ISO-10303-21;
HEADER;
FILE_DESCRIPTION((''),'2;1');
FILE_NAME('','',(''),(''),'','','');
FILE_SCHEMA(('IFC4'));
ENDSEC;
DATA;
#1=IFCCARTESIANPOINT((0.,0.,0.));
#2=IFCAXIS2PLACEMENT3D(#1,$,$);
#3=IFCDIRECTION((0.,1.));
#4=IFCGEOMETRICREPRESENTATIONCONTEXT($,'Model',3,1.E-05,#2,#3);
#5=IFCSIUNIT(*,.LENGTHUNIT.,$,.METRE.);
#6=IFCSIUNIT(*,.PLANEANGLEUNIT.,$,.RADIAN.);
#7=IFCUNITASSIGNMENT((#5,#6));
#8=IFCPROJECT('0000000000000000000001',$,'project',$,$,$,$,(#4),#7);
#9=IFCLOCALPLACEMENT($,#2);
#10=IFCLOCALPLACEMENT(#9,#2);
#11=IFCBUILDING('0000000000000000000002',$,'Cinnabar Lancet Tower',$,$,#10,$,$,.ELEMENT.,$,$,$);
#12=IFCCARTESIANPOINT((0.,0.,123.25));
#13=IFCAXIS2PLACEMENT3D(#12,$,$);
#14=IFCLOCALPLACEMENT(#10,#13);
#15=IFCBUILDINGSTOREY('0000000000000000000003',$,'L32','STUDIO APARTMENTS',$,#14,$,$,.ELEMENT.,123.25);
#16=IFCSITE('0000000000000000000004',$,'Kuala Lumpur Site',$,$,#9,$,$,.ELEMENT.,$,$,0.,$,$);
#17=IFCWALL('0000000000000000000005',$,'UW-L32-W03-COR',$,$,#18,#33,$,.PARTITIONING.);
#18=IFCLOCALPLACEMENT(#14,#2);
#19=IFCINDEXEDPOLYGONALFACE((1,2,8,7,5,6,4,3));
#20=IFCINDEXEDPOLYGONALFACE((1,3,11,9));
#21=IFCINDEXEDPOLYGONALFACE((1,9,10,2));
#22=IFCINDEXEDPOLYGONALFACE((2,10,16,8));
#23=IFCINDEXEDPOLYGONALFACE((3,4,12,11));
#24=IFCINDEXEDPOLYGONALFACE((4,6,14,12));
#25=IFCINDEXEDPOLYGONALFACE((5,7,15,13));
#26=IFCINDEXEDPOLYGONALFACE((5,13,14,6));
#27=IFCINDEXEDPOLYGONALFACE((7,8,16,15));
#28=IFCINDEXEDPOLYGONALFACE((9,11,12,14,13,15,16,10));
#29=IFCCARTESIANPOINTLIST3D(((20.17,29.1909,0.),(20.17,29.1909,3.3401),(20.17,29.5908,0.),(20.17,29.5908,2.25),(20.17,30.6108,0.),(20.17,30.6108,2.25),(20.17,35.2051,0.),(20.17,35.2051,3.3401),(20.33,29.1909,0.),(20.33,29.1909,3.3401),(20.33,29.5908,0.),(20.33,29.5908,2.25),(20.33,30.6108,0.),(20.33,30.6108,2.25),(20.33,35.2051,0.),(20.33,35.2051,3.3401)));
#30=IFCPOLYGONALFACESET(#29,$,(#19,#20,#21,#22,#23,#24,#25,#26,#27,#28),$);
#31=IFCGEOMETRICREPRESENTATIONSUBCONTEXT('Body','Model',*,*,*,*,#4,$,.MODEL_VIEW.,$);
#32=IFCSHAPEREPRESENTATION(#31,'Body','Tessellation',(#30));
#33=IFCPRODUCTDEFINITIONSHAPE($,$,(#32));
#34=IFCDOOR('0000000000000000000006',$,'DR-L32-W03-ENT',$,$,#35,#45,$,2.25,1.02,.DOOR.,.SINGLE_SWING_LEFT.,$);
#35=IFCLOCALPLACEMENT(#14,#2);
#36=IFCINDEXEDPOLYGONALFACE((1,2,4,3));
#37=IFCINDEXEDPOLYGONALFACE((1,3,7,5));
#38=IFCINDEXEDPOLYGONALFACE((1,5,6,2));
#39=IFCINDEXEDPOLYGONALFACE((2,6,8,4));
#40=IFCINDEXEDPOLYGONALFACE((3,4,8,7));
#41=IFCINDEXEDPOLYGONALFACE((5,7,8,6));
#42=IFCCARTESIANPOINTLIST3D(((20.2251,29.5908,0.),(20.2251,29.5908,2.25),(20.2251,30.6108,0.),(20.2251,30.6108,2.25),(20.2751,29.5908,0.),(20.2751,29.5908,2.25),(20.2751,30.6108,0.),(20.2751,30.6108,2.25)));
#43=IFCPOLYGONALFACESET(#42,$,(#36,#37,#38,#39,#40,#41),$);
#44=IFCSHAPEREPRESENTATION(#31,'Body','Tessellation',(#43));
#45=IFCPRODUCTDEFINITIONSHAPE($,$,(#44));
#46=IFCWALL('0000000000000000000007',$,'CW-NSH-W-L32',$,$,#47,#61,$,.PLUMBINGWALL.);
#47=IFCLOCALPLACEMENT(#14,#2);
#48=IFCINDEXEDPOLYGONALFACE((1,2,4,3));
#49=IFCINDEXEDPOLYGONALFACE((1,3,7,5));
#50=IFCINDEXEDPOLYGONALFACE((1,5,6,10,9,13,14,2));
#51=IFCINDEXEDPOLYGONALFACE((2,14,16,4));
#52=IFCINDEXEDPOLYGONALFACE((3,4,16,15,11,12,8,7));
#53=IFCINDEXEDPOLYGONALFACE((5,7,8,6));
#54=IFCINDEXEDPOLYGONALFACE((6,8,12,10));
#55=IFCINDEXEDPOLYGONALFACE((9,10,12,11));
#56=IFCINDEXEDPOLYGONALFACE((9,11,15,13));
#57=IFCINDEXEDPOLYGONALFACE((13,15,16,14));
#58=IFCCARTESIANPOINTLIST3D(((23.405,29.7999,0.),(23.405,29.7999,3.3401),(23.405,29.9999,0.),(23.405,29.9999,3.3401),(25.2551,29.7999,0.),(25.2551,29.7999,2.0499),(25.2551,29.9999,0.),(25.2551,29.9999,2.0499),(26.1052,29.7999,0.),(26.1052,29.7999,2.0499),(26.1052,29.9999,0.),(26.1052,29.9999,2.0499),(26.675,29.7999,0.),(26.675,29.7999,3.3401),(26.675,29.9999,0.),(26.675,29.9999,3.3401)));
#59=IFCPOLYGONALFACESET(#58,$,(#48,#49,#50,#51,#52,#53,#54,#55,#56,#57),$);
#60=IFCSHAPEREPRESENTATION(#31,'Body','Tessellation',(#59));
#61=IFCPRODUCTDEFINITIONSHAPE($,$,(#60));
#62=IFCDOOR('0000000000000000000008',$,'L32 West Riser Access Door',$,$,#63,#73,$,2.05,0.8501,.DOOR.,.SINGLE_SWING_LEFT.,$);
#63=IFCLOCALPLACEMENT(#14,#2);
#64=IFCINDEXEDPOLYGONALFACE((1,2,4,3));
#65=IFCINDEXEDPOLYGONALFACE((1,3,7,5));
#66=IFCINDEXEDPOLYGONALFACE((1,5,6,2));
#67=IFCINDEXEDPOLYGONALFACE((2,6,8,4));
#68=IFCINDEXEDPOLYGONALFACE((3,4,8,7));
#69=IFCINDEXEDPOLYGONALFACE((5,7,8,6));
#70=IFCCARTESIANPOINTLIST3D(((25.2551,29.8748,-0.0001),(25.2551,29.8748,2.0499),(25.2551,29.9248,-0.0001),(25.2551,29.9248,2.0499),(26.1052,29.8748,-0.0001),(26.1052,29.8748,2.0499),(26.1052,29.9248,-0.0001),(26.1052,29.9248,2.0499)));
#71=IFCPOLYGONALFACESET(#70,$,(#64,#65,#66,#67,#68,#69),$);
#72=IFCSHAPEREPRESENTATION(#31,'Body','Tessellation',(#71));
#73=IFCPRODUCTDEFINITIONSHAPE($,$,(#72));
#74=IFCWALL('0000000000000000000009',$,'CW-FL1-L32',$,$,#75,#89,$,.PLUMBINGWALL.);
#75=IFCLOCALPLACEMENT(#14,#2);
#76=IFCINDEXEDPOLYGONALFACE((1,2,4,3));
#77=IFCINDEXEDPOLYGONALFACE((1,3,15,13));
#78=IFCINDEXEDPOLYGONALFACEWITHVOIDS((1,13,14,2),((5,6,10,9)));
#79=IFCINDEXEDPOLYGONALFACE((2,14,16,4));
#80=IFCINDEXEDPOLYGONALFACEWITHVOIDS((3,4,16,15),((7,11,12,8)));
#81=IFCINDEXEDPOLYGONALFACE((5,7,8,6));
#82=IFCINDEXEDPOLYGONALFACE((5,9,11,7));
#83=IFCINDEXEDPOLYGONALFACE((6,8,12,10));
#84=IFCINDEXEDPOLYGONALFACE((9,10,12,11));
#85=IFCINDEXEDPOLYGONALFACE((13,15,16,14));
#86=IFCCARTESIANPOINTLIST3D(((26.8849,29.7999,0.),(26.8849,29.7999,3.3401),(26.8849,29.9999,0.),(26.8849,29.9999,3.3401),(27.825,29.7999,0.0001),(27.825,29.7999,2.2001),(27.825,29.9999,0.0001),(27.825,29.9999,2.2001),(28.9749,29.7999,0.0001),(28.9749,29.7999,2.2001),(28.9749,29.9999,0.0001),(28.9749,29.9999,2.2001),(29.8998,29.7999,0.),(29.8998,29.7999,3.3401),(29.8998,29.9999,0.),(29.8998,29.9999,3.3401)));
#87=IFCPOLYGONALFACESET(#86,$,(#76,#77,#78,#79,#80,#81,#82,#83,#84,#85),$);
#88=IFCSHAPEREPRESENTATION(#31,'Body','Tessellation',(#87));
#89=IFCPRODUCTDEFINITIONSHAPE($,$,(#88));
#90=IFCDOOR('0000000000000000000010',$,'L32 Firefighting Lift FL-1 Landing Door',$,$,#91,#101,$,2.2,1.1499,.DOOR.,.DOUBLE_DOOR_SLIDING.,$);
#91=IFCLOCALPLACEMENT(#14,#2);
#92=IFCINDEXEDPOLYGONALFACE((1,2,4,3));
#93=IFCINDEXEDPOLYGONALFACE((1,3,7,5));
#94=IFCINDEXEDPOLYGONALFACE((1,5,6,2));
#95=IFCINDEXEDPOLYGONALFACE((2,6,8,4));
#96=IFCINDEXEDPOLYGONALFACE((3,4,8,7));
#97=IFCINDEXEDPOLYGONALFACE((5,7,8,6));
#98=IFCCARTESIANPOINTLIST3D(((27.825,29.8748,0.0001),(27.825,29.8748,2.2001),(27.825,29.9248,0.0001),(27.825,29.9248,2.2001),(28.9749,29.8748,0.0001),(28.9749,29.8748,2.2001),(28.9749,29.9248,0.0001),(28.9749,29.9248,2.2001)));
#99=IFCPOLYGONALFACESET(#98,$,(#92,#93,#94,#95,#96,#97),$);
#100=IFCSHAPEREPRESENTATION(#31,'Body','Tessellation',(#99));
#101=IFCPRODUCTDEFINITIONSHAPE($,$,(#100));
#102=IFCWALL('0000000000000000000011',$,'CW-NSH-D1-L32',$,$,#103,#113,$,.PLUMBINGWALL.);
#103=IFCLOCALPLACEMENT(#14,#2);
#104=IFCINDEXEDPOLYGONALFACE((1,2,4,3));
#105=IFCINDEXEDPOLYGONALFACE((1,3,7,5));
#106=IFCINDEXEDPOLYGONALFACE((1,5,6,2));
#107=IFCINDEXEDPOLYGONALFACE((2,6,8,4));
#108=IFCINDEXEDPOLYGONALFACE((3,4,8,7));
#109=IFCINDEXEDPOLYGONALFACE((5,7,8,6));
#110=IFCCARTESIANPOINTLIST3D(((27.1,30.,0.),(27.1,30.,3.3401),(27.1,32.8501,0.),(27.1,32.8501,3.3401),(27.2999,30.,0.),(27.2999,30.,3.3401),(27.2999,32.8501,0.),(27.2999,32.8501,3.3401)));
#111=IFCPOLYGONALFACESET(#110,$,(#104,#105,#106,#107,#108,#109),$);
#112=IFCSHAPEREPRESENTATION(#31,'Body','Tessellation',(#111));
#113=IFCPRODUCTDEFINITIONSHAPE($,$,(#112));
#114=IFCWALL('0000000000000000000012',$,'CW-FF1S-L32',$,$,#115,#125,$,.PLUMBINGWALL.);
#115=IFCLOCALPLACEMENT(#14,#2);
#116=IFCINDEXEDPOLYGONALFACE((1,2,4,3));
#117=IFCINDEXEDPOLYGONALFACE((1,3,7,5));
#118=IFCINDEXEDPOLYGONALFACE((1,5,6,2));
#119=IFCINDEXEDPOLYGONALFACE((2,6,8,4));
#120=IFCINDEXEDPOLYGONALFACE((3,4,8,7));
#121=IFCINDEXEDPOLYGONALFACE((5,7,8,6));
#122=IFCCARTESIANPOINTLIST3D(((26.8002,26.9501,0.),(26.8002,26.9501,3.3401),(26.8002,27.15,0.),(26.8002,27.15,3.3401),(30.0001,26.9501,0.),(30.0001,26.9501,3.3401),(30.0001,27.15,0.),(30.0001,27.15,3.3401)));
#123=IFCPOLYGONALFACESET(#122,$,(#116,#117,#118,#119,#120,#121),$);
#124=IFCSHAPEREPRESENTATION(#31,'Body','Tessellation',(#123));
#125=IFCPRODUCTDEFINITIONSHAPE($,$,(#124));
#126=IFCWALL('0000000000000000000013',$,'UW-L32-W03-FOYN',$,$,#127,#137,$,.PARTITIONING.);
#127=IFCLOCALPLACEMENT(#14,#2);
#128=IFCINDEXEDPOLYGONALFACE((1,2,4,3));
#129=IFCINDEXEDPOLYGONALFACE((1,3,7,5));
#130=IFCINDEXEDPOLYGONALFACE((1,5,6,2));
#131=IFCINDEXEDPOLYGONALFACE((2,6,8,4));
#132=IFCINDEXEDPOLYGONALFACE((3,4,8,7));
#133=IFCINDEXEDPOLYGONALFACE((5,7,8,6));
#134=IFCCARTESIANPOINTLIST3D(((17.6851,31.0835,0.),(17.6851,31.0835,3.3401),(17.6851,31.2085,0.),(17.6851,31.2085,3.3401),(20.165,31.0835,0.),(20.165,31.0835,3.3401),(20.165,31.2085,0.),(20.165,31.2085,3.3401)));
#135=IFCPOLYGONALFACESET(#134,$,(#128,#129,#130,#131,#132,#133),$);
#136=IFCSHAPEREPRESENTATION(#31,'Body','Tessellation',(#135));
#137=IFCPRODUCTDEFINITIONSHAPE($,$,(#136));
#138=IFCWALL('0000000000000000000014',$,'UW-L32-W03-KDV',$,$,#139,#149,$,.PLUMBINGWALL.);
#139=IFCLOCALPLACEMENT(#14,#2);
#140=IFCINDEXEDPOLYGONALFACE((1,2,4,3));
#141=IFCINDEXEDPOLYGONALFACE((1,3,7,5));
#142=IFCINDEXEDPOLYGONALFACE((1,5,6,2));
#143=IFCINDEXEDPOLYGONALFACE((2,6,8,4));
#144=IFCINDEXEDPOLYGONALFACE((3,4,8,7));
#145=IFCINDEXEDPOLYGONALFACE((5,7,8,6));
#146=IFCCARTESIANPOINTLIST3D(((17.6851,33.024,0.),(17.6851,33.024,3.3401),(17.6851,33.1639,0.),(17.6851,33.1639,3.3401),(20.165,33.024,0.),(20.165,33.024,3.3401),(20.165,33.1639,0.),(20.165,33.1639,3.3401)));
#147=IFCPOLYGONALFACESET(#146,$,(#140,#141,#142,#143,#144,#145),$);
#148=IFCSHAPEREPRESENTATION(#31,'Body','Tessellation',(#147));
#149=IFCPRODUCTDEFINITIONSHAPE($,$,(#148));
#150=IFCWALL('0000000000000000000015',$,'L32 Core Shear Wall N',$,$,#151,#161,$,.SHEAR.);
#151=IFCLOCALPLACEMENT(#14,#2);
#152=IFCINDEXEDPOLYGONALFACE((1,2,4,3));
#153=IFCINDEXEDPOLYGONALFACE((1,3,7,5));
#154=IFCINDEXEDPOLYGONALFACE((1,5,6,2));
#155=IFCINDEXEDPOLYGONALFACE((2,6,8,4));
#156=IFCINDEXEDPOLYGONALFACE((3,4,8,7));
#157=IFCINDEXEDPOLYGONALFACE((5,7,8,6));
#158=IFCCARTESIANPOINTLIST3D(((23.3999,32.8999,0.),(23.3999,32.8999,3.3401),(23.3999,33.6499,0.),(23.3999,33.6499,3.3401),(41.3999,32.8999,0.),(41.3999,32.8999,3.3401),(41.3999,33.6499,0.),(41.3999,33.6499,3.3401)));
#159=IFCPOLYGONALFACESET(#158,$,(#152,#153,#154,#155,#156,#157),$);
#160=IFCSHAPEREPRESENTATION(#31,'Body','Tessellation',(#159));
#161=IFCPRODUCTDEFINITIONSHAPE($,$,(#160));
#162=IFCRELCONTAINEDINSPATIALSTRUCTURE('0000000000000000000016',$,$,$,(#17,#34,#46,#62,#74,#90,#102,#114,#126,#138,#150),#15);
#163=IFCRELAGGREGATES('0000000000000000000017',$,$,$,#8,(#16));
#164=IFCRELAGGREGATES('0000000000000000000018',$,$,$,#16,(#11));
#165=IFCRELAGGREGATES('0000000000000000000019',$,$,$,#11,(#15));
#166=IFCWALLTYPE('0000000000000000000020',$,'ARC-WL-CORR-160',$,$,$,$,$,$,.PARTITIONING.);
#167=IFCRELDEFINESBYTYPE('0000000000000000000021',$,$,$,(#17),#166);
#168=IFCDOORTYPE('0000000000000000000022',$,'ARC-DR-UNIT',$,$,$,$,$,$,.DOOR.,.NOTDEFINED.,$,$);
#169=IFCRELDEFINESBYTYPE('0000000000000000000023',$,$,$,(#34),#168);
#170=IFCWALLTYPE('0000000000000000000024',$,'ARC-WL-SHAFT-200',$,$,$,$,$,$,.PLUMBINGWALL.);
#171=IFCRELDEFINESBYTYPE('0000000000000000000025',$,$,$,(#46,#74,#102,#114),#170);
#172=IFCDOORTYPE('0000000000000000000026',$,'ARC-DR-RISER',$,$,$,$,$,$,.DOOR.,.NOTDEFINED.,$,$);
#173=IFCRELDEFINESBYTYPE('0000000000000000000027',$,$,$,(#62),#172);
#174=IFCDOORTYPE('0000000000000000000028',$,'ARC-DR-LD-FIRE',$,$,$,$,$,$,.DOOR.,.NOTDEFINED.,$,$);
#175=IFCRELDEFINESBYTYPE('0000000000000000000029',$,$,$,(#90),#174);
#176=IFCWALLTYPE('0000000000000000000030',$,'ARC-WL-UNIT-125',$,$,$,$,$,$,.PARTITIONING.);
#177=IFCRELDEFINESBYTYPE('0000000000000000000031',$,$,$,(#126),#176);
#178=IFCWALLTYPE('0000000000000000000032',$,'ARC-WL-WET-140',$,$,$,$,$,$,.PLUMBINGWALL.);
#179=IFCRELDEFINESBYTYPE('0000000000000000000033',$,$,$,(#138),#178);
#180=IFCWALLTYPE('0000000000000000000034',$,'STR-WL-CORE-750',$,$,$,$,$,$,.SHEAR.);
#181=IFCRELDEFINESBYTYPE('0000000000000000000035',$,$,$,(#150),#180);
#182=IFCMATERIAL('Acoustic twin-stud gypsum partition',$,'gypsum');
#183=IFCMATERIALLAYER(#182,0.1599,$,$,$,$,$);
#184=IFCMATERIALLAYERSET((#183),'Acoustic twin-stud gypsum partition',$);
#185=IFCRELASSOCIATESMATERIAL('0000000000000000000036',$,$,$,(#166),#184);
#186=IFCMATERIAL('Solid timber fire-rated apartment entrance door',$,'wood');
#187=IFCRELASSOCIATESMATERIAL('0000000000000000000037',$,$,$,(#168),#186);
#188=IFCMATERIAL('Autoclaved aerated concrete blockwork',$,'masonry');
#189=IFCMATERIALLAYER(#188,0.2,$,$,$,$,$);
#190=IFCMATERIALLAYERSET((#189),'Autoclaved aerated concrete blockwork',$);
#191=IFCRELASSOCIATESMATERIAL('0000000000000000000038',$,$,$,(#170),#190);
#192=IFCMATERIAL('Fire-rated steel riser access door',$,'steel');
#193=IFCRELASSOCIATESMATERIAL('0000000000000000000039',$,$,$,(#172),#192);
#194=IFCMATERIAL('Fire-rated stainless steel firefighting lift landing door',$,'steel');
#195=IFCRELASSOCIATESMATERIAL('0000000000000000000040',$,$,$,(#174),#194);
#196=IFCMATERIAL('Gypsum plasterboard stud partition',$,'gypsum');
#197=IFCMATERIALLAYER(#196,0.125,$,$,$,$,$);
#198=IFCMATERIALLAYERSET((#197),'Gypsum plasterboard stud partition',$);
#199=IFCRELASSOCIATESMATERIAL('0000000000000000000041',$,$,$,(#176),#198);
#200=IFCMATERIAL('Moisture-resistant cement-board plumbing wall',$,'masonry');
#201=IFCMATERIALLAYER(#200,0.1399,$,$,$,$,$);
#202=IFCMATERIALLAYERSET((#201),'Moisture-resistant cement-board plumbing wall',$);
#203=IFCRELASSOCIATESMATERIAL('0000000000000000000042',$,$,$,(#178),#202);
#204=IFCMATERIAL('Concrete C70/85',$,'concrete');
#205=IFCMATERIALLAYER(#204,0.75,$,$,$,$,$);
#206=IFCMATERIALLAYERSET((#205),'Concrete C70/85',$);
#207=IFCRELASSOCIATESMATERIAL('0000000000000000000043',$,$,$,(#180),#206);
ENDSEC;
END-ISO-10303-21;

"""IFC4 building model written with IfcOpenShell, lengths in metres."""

from ifc_helpers import new_model, si_unit, direction, frame, frame_2d, origin, place, context, subcontext, project, spatial, rectangle, extrude, material, layer, layer_set, type_object, element, fill, save


model = new_model("IFC4")

# Units and contexts
model_context = context("Model", 3, precision=1e-05, world=origin(), true_north=direction((0.0, 1.0)))
body_context = subcontext(model_context, "Body", "Model", "MODEL_VIEW")
ifc_project = project(units=[si_unit("LENGTHUNIT", "METRE"), si_unit("PLANEANGLEUNIT", "RADIAN")], contexts=[model_context])

# Site, building, storey
site_placement = place(None, origin())
site = spatial("IfcSite", under=ifc_project, at=site_placement, Name="Kuala Lumpur Site", CompositionType="ELEMENT", RefElevation=0.0)
building_placement = place(site_placement, origin())
building = spatial("IfcBuilding", under=site, at=building_placement, Name="Cinnabar Lancet Tower", CompositionType="ELEMENT")
storey_placement = place(building_placement, frame((0.0, 0.0, 123.25)))
storey = spatial("IfcBuildingStorey", under=building, at=storey_placement, Name="L32", Description="STUDIO APARTMENTS", CompositionType="ELEMENT", Elevation=123.25)

# Walls, openings, doors
ifc_material_1 = material(Name="Acoustic twin-stud gypsum partition", Category="gypsum")
ifc_layer_1 = layer(ifc_material_1, 0.1599)
ifc_layer_set_1 = layer_set([ifc_layer_1], Name="Acoustic twin-stud gypsum partition")
wall_type_1 = type_object("IfcWallType", Name="ARC-WL-CORR-160", PredefinedType="PARTITIONING", material=ifc_layer_set_1)
wall_1_placement = place(storey_placement, frame((20.25, 29.1909, 0.0), z_axis=(0.0, 0.0, 1.0), x_axis=(0.0, 1.0, 0.0)))
wall_1 = element("IfcWall", 1, at=wall_1_placement, inside=storey, type_object=wall_type_1, Name="UW-L32-W03-COR", PredefinedType="PARTITIONING", context=body_context, shape_type="SweptSolid", body=[
    extrude(rectangle(XDim=6.0142, YDim=0.1599, at=frame_2d((3.0071, 0.0))), origin(), (0.0, 0.0, 1.0), 3.3401),
])
opening_1_placement = place(wall_1_placement, frame((0.3999, 0.0, 0.0)))
opening_1 = element("IfcOpeningElement", 2, at=opening_1_placement, cuts=wall_1, PredefinedType="OPENING", context=body_context, shape_type="SweptSolid", body=[
    extrude(rectangle(XDim=1.02, YDim=2.25, at=frame_2d((0.51, 1.125))), frame((0.0, 0.0898, 0.0), z_axis=(0.0, -1.0, 0.0), x_axis=(1.0, 0.0, 0.0)), (0.0, 0.0, 1.0), 0.1799),
])
ifc_material_2 = material(Name="Solid timber fire-rated apartment entrance door", Category="wood")
door_type_1 = type_object("IfcDoorType", Name="ARC-DR-UNIT", OperationType="NOTDEFINED", PredefinedType="DOOR", material=ifc_material_2)
door_1_placement = place(opening_1_placement, origin())
door_1 = element("IfcDoor", 3, at=door_1_placement, inside=storey, type_object=door_type_1, Name="DR-L32-W03-ENT", OperationType="SINGLE_SWING_LEFT", OverallHeight=2.25, OverallWidth=1.02, PredefinedType="DOOR", context=body_context, shape_type="SweptSolid", body=[
    extrude(rectangle(XDim=1.02, YDim=2.25, at=frame_2d((0.51, 1.125))), frame((0.0, 0.0249, 0.0), z_axis=(0.0, -1.0, 0.0), x_axis=(1.0, 0.0, 0.0)), (0.0, 0.0, 1.0), 0.05),
])
fill(opening_1, door_1)
ifc_material_3 = material(Name="Autoclaved aerated concrete blockwork", Category="masonry")
ifc_layer_2 = layer(ifc_material_3, 0.2)
ifc_layer_set_2 = layer_set([ifc_layer_2], Name="Autoclaved aerated concrete blockwork")
wall_type_2 = type_object("IfcWallType", Name="ARC-WL-SHAFT-200", PredefinedType="PLUMBINGWALL", material=ifc_layer_set_2)
wall_2_placement = place(storey_placement, frame((23.405, 29.8999, 0.0), z_axis=(0.0, 0.0, 1.0), x_axis=(1.0, 0.0, 0.0)))
wall_2 = element("IfcWall", 4, at=wall_2_placement, inside=storey, type_object=wall_type_2, Name="CW-NSH-W-L32", PredefinedType="PLUMBINGWALL", context=body_context, shape_type="SweptSolid", body=[
    extrude(rectangle(XDim=3.27, YDim=0.2, at=frame_2d((1.635, 0.0))), origin(), (0.0, 0.0, 1.0), 3.3401),
])
opening_2_placement = place(wall_2_placement, frame((1.8501, 0.0, 0.0)))
opening_2 = element("IfcOpeningElement", 5, at=opening_2_placement, cuts=wall_2, PredefinedType="OPENING", context=body_context, shape_type="SweptSolid", body=[
    extrude(rectangle(XDim=0.8501, YDim=2.05, at=frame_2d((0.425, 1.0249))), frame((0.0, 0.1099, 0.0), z_axis=(0.0, -1.0, 0.0), x_axis=(1.0, 0.0, 0.0)), (0.0, 0.0, 1.0), 0.22),
])
ifc_material_4 = material(Name="Fire-rated steel riser access door", Category="steel")
door_type_2 = type_object("IfcDoorType", Name="ARC-DR-RISER", OperationType="NOTDEFINED", PredefinedType="DOOR", material=ifc_material_4)
door_2_placement = place(opening_2_placement, origin())
door_2 = element("IfcDoor", 6, at=door_2_placement, inside=storey, type_object=door_type_2, Name="L32 West Riser Access Door", OperationType="SINGLE_SWING_LEFT", OverallHeight=2.05, OverallWidth=0.8501, PredefinedType="DOOR", context=body_context, shape_type="SweptSolid", body=[
    extrude(rectangle(XDim=0.8501, YDim=2.05, at=frame_2d((0.425, 1.0249))), frame((0.0, 0.0249, 0.0), z_axis=(0.0, -1.0, 0.0), x_axis=(1.0, 0.0, 0.0)), (0.0, 0.0, 1.0), 0.05),
])
fill(opening_2, door_2)
wall_3_placement = place(storey_placement, frame((26.885, 29.8999, 0.0), z_axis=(0.0, 0.0, 1.0), x_axis=(1.0, 0.0, 0.0)))
wall_3 = element("IfcWall", 7, at=wall_3_placement, inside=storey, type_object=wall_type_2, Name="CW-FL1-L32", PredefinedType="PLUMBINGWALL", context=body_context, shape_type="SweptSolid", body=[
    extrude(rectangle(XDim=3.0149, YDim=0.2, at=frame_2d((1.5073, 0.0))), origin(), (0.0, 0.0, 1.0), 3.3401),
])
opening_3_placement = place(wall_3_placement, frame((0.9399, 0.0, 0.0)))
opening_3 = element("IfcOpeningElement", 8, at=opening_3_placement, cuts=wall_3, PredefinedType="OPENING", context=body_context, shape_type="SweptSolid", body=[
    extrude(rectangle(XDim=1.1499, YDim=2.2, at=frame_2d((0.575, 1.1001))), frame((0.0, 0.1099, 0.0), z_axis=(0.0, -1.0, 0.0), x_axis=(1.0, 0.0, 0.0)), (0.0, 0.0, 1.0), 0.22),
])
ifc_material_5 = material(Name="Fire-rated stainless steel firefighting lift landing door", Category="steel")
door_type_3 = type_object("IfcDoorType", Name="ARC-DR-LD-FIRE", OperationType="NOTDEFINED", PredefinedType="DOOR", material=ifc_material_5)
door_3_placement = place(opening_3_placement, origin())
door_3 = element("IfcDoor", 9, at=door_3_placement, inside=storey, type_object=door_type_3, Name="L32 Firefighting Lift FL-1 Landing Door", OperationType="DOUBLE_DOOR_SLIDING", OverallHeight=2.2, OverallWidth=1.1499, PredefinedType="DOOR", context=body_context, shape_type="SweptSolid", body=[
    extrude(rectangle(XDim=1.1499, YDim=2.2, at=frame_2d((0.575, 1.1001))), frame((0.0, 0.0249, 0.0), z_axis=(0.0, -1.0, 0.0), x_axis=(1.0, 0.0, 0.0)), (0.0, 0.0, 1.0), 0.05),
])
fill(opening_3, door_3)

# Walls
wall_4_placement = place(storey_placement, frame((27.2, 30.0, 0.0), z_axis=(0.0, 0.0, 1.0), x_axis=(0.0, 1.0, 0.0)))
element("IfcWall", 10, at=wall_4_placement, inside=storey, type_object=wall_type_2, Name="CW-NSH-D1-L32", PredefinedType="PLUMBINGWALL", context=body_context, shape_type="SweptSolid", body=[
    extrude(rectangle(XDim=2.8501, YDim=0.2, at=frame_2d((1.425, 0.0))), origin(), (0.0, 0.0, 1.0), 3.3401),
])
wall_5_placement = place(storey_placement, frame((26.8, 27.05, 0.0), z_axis=(0.0, 0.0, 1.0), x_axis=(1.0, 0.0, 0.0)))
element("IfcWall", 11, at=wall_5_placement, inside=storey, type_object=wall_type_2, Name="CW-FF1S-L32", PredefinedType="PLUMBINGWALL", context=body_context, shape_type="SweptSolid", body=[
    extrude(rectangle(XDim=3.2, YDim=0.2, at=frame_2d((1.6001, 0.0))), origin(), (0.0, 0.0, 1.0), 3.3401),
])
ifc_material_6 = material(Name="Gypsum plasterboard stud partition", Category="gypsum")
ifc_layer_3 = layer(ifc_material_6, 0.125)
ifc_layer_set_3 = layer_set([ifc_layer_3], Name="Gypsum plasterboard stud partition")
wall_type_3 = type_object("IfcWallType", Name="ARC-WL-UNIT-125", PredefinedType="PARTITIONING", material=ifc_layer_set_3)
wall_6_placement = place(storey_placement, frame((17.6851, 31.146, 0.0), z_axis=(0.0, 0.0, 1.0), x_axis=(1.0, 0.0, 0.0)))
element("IfcWall", 12, at=wall_6_placement, inside=storey, type_object=wall_type_3, Name="UW-L32-W03-FOYN", PredefinedType="PARTITIONING", context=body_context, shape_type="SweptSolid", body=[
    extrude(rectangle(XDim=2.48, YDim=0.125, at=frame_2d((1.24, 0.0))), origin(), (0.0, 0.0, 1.0), 3.3401),
])
ifc_material_7 = material(Name="Moisture-resistant cement-board plumbing wall", Category="masonry")
ifc_layer_4 = layer(ifc_material_7, 0.1399)
ifc_layer_set_4 = layer_set([ifc_layer_4], Name="Moisture-resistant cement-board plumbing wall")
wall_type_4 = type_object("IfcWallType", Name="ARC-WL-WET-140", PredefinedType="PLUMBINGWALL", material=ifc_layer_set_4)
wall_7_placement = place(storey_placement, frame((17.6851, 33.094, 0.0), z_axis=(0.0, 0.0, 1.0), x_axis=(1.0, 0.0, 0.0)))
element("IfcWall", 13, at=wall_7_placement, inside=storey, type_object=wall_type_4, Name="UW-L32-W03-KDV", PredefinedType="PLUMBINGWALL", context=body_context, shape_type="SweptSolid", body=[
    extrude(rectangle(XDim=2.48, YDim=0.1399, at=frame_2d((1.24, 0.0))), origin(), (0.0, 0.0, 1.0), 3.3401),
])
ifc_material_8 = material(Name="Concrete C70/85", Category="concrete")
ifc_layer_5 = layer(ifc_material_8, 0.75)
ifc_layer_set_5 = layer_set([ifc_layer_5], Name="Concrete C70/85")
wall_type_5 = type_object("IfcWallType", Name="STR-WL-CORE-750", PredefinedType="SHEAR", material=ifc_layer_set_5)
wall_8_placement = place(storey_placement, frame((23.3999, 33.2749, 0.0), z_axis=(0.0, 0.0, 1.0), x_axis=(1.0, 0.0, 0.0)))
element("IfcWall", 14, at=wall_8_placement, inside=storey, type_object=wall_type_5, Name="L32 Core Shear Wall N", PredefinedType="SHEAR", context=body_context, shape_type="SweptSolid", body=[
    extrude(rectangle(XDim=18.0, YDim=0.75, at=frame_2d((9.0, 0.0))), origin(), (0.0, 0.0, 1.0), 3.3401),
])

save(model, "model.ifc")
